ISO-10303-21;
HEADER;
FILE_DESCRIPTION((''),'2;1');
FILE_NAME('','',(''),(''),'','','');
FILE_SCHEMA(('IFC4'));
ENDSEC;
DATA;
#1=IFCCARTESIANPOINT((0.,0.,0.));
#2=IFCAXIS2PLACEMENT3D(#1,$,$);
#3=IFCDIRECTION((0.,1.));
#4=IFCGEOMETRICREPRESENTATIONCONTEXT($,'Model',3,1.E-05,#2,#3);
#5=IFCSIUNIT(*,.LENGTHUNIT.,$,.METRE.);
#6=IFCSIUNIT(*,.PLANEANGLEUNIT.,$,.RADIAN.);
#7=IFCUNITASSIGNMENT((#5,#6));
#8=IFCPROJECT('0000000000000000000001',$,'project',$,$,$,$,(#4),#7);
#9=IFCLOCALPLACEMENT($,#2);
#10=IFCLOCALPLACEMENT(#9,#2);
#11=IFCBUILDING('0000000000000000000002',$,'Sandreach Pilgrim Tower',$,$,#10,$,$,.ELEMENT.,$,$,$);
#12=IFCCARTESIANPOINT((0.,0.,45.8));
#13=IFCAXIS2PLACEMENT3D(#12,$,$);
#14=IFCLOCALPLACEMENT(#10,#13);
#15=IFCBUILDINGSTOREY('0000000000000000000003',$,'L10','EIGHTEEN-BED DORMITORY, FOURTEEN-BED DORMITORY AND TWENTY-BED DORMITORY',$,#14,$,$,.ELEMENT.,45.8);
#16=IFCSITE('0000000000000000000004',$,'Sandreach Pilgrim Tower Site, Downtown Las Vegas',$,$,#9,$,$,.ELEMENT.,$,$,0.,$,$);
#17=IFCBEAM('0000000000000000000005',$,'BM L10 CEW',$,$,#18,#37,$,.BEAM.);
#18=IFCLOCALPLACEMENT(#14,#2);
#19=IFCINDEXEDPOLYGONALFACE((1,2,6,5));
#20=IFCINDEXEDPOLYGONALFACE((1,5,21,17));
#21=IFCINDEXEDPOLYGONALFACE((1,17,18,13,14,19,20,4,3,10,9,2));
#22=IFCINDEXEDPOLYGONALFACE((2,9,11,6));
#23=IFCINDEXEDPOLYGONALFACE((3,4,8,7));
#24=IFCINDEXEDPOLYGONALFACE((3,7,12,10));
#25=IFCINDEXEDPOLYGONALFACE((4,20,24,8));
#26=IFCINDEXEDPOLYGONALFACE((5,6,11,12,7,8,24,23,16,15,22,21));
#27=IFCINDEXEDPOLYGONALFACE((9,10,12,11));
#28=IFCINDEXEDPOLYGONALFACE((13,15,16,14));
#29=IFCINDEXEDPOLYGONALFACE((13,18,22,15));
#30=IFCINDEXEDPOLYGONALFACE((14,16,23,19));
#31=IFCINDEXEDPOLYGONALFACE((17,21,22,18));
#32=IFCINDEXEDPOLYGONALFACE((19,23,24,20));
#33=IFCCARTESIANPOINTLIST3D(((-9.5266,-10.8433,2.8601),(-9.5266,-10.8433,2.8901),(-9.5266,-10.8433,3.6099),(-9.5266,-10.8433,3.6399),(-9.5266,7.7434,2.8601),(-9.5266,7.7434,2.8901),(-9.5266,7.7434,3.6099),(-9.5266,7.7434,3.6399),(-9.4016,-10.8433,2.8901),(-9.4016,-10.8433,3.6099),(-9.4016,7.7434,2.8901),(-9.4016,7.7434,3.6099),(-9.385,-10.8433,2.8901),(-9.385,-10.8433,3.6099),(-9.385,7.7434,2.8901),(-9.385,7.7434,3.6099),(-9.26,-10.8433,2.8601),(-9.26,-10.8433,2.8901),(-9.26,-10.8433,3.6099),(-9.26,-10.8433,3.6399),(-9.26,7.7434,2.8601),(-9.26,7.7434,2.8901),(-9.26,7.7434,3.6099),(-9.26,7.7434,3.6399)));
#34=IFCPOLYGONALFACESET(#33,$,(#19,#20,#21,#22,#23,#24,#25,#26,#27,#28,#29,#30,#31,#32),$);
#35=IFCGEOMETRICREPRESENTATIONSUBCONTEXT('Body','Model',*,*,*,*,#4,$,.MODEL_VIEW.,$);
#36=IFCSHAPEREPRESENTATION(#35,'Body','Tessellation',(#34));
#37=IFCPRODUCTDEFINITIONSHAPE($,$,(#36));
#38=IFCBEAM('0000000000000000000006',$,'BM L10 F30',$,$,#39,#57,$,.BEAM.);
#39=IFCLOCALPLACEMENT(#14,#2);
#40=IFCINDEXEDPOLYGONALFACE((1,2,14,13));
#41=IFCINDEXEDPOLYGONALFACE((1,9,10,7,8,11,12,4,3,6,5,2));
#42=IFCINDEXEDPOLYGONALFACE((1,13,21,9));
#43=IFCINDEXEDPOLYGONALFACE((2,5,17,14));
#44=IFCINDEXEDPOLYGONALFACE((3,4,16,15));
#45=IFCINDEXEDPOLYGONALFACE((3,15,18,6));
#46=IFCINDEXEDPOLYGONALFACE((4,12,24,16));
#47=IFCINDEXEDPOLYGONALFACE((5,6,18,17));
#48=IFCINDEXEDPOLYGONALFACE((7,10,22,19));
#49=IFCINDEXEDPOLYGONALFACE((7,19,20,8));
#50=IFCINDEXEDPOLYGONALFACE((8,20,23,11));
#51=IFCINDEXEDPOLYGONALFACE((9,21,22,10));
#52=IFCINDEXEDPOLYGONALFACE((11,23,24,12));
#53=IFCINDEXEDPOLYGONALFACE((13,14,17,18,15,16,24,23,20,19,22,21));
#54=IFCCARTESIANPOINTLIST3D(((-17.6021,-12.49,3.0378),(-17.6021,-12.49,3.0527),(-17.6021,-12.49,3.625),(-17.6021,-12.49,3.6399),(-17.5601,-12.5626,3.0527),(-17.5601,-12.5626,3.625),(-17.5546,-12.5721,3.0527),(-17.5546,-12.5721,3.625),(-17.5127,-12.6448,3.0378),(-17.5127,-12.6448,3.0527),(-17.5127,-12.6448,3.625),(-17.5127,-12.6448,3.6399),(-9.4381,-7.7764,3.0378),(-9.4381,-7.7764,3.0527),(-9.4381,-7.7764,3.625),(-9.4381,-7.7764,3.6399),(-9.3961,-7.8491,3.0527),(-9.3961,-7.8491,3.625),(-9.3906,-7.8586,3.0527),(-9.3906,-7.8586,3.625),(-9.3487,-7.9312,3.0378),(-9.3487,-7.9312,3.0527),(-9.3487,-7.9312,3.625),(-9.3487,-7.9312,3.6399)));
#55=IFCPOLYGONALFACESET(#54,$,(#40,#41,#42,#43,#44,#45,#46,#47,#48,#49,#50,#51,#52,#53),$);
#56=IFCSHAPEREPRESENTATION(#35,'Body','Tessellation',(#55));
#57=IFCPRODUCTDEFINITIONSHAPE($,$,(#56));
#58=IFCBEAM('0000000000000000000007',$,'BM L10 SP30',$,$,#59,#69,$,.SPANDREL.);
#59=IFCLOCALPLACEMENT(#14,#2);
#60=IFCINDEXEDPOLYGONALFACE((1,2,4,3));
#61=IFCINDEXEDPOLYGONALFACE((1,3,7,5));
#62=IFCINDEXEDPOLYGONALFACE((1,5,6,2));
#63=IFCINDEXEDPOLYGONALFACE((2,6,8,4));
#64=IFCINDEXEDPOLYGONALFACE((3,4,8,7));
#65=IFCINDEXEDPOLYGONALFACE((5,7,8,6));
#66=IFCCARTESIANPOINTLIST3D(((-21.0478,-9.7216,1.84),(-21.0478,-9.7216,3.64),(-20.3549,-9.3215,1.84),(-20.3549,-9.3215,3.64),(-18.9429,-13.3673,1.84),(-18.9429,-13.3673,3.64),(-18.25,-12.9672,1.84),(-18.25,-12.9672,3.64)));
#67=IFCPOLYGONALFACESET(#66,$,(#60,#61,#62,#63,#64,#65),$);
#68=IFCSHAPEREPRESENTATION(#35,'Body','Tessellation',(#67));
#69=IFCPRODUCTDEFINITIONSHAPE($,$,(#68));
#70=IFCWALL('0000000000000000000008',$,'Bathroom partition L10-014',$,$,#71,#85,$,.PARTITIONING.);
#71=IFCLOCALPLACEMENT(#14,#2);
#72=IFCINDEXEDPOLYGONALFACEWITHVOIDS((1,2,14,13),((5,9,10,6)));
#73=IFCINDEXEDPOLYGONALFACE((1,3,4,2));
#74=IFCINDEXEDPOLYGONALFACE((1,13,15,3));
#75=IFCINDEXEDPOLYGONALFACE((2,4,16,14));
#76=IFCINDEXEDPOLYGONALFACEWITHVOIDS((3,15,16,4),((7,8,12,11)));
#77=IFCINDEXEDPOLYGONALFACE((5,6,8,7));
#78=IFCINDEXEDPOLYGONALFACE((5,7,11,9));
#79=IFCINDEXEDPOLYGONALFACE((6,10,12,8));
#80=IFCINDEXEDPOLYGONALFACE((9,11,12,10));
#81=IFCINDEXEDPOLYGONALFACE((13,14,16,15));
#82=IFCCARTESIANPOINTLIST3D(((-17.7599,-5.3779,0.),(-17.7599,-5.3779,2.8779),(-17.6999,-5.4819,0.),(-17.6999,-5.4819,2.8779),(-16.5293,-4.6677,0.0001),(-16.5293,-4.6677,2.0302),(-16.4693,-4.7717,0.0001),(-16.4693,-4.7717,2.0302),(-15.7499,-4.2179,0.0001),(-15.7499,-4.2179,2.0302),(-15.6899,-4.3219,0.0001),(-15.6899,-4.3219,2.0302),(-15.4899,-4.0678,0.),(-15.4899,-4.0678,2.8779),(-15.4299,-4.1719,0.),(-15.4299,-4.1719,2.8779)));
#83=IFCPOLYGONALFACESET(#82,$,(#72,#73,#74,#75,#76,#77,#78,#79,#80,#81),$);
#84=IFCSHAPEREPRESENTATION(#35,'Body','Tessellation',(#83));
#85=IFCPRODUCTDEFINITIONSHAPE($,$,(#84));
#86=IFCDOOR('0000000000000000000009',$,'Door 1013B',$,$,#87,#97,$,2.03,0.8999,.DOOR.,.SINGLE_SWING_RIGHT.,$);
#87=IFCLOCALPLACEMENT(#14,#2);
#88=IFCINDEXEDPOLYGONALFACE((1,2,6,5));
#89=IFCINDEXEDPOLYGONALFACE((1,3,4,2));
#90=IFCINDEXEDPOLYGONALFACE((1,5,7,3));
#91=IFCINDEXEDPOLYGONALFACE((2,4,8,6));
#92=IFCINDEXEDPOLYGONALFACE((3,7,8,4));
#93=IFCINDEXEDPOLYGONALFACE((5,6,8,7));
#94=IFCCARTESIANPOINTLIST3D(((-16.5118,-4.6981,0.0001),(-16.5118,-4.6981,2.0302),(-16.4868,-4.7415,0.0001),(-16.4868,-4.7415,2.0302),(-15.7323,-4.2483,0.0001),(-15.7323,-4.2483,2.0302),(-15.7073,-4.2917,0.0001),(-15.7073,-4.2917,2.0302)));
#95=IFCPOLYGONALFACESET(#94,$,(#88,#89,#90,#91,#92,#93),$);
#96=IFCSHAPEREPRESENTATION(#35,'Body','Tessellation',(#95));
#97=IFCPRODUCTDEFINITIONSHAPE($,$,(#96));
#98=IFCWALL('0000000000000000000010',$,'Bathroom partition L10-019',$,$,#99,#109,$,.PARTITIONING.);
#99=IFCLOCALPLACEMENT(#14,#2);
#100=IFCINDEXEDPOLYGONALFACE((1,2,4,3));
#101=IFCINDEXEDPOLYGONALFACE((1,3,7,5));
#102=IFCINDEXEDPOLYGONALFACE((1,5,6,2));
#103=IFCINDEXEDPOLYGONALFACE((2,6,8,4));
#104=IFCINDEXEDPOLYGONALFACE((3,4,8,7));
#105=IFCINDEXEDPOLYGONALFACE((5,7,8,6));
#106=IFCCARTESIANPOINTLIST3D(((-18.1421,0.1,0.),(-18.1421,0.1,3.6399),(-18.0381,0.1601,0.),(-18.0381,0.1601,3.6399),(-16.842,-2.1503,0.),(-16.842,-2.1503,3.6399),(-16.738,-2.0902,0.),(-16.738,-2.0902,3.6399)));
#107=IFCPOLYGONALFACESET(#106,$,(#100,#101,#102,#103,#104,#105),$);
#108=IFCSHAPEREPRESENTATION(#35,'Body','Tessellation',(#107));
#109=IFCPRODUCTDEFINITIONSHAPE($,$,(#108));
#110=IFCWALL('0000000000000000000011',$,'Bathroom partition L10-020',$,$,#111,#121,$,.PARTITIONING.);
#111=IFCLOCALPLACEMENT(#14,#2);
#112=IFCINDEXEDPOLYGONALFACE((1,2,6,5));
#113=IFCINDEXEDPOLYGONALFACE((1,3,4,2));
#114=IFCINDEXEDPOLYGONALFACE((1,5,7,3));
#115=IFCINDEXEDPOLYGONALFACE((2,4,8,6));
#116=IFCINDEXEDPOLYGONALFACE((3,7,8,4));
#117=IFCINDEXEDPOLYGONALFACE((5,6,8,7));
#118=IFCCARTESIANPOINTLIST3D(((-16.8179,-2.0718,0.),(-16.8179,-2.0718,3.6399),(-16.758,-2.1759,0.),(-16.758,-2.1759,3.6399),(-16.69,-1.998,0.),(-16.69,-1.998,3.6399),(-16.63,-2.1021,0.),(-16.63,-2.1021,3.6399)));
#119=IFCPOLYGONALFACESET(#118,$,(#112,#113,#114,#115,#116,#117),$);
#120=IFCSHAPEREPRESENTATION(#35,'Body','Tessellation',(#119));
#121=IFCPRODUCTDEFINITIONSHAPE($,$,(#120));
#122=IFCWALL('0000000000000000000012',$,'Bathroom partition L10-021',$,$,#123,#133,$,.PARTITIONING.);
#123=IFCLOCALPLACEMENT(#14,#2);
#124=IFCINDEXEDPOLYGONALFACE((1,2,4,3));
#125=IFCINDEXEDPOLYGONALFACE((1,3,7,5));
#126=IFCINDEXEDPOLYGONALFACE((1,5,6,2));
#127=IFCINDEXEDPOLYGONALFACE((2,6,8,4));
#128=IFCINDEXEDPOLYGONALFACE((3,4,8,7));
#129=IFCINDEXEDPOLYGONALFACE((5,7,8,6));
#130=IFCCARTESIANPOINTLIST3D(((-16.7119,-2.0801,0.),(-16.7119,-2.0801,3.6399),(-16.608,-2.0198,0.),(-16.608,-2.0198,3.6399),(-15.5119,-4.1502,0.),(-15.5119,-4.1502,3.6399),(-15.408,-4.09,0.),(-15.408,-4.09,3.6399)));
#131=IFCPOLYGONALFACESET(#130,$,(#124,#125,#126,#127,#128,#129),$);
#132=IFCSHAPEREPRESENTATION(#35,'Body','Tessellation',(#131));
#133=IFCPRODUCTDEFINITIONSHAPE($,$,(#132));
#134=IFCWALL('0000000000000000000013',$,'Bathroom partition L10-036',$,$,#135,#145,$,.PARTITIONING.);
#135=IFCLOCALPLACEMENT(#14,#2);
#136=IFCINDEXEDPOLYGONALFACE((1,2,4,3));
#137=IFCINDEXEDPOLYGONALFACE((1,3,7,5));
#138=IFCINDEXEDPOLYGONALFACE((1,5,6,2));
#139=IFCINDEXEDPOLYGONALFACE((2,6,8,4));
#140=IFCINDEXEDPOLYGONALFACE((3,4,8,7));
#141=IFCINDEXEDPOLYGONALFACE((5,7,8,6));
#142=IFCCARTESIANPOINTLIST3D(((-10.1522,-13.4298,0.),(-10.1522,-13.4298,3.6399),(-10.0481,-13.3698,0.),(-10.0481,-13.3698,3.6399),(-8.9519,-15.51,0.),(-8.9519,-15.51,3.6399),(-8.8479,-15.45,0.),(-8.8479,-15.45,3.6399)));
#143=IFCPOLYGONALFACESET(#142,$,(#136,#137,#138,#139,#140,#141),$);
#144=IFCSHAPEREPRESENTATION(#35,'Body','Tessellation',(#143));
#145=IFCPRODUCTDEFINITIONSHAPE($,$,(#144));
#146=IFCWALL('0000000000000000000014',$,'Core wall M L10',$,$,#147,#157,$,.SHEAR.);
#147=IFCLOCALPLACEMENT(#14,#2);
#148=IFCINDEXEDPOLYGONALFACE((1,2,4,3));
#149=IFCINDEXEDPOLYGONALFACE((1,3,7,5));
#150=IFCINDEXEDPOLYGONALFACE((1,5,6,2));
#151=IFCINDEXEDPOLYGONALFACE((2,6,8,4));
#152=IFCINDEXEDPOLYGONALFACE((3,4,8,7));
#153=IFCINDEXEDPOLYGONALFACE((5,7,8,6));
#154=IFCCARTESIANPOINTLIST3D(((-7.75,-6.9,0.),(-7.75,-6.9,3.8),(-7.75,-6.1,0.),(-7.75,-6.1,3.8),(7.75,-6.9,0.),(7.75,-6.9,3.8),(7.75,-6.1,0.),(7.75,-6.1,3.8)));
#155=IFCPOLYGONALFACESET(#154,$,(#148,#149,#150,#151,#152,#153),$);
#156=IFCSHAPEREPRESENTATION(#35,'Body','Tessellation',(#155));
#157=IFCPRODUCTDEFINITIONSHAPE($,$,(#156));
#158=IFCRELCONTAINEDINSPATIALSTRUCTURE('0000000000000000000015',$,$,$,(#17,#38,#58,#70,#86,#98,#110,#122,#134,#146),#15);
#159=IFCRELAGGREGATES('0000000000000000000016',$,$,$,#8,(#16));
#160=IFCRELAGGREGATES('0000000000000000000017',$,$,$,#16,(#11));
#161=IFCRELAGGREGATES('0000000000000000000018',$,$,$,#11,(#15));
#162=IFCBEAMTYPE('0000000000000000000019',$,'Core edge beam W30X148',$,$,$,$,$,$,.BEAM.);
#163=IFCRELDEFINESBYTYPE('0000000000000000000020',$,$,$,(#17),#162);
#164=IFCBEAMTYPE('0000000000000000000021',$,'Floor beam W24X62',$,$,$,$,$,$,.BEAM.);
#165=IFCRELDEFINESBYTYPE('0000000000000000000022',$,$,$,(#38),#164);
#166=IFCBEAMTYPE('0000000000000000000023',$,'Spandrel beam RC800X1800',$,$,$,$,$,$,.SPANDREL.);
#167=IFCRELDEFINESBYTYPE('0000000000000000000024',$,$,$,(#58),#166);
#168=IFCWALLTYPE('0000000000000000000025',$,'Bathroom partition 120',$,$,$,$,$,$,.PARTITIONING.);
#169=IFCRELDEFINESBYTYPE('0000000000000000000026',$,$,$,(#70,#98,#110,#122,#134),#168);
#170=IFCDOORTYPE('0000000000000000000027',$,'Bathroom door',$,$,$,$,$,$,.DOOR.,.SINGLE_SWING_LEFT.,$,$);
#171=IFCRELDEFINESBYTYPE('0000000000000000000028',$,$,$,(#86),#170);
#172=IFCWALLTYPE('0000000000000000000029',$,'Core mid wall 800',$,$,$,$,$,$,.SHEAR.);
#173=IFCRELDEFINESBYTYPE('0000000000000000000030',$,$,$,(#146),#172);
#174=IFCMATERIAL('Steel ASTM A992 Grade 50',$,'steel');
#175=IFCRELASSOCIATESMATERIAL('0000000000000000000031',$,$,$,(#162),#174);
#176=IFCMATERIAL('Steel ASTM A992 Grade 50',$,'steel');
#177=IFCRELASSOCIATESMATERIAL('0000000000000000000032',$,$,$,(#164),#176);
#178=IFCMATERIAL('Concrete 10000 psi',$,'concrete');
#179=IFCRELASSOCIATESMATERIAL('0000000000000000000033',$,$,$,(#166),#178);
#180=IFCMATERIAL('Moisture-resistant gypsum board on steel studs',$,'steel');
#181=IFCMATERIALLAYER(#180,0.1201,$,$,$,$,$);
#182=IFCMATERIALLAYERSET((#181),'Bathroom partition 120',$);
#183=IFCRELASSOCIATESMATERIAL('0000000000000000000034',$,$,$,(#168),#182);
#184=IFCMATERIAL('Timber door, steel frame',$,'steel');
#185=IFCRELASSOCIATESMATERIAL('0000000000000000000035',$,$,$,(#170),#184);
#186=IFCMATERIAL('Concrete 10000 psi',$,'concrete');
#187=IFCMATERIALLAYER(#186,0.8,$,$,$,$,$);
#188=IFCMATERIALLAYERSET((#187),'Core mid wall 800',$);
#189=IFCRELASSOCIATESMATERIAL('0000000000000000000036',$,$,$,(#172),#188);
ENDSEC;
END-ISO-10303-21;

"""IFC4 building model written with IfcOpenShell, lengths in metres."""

from ifc_helpers import new_model, si_unit, direction, frame, frame_2d, origin, origin_2d, place, context, subcontext, project, spatial, rectangle, i_section, extrude, material, layer, layer_set, material_profile, profile_set, type_object, element, fill, save


model = new_model("IFC4")

# Units and contexts
model_context = context("Model", 3, precision=1e-05, world=origin(), true_north=direction((0.0, 1.0)))
body_context = subcontext(model_context, "Body", "Model", "MODEL_VIEW")
ifc_project = project(units=[si_unit("LENGTHUNIT", "METRE"), si_unit("PLANEANGLEUNIT", "RADIAN")], contexts=[model_context])

# Site, building, storey
site_placement = place(None, origin())
site = spatial("IfcSite", under=ifc_project, at=site_placement, Name="Sandreach Pilgrim Tower Site, Downtown Las Vegas", CompositionType="ELEMENT", RefElevation=0.0)
building_placement = place(site_placement, origin())
building = spatial("IfcBuilding", under=site, at=building_placement, Name="Sandreach Pilgrim Tower", CompositionType="ELEMENT")
storey_placement = place(building_placement, frame((0.0, 0.0, 45.8)))
storey = spatial("IfcBuildingStorey", under=building, at=storey_placement, Name="L10", Description="EIGHTEEN-BED DORMITORY, FOURTEEN-BED DORMITORY AND TWENTY-BED DORMITORY", CompositionType="ELEMENT", Elevation=45.8)

# Beams
ifc_material_1 = material(Name="Steel ASTM A992 Grade 50", Category="steel")
ifc_material_profile_1 = material_profile(ifc_material_1, i_section(OverallWidth=0.2666, OverallDepth=0.7798, WebThickness=0.0166, FlangeThickness=0.03, at=origin_2d()), Name="W30X148")
ifc_profile_set_1 = profile_set([ifc_material_profile_1], Name="Steel ASTM A992 Grade 50")
beam_type_1 = type_object("IfcBeamType", Name="Core edge beam W30X148", PredefinedType="BEAM", material=ifc_profile_set_1)
beam_1_placement = place(storey_placement, frame((-9.3933, -10.8433, 3.25), z_axis=(0.0, 1.0, 0.0), x_axis=(-1.0, 0.0, 0.0)))
element("IfcBeam", 1, at=beam_1_placement, inside=storey, type_object=beam_type_1, Name="BM L10 CEW", PredefinedType="BEAM", context=body_context, shape_type="SweptSolid", body=[
    extrude(i_section(OverallWidth=0.2666, OverallDepth=0.7798, WebThickness=0.0166, FlangeThickness=0.03, at=origin_2d()), origin(), (0.0, 0.0, 1.0), 18.5867),
])
ifc_material_2 = material(Name="Steel ASTM A992 Grade 50", Category="steel")
ifc_material_profile_2 = material_profile(ifc_material_2, i_section(OverallWidth=0.1787, OverallDepth=0.6021, WebThickness=0.011, FlangeThickness=0.0149, at=origin_2d()), Name="W24X62")
ifc_profile_set_2 = profile_set([ifc_material_profile_2], Name="Steel ASTM A992 Grade 50")
beam_type_2 = type_object("IfcBeamType", Name="Floor beam W24X62", PredefinedType="BEAM", material=ifc_profile_set_2)
beam_2_placement = place(storey_placement, frame((-17.5574, -12.5674, 3.3389), z_axis=(0.866021, 0.500008, 0.0), x_axis=(-0.500008, 0.866021, 0.0)))
element("IfcBeam", 2, at=beam_2_placement, inside=storey, type_object=beam_type_2, Name="BM L10 F30", PredefinedType="BEAM", context=body_context, shape_type="SweptSolid", body=[
    extrude(i_section(OverallWidth=0.1787, OverallDepth=0.6021, WebThickness=0.011, FlangeThickness=0.0149, at=origin_2d()), origin(), (0.0, 0.0, 1.0), 9.427),
])
ifc_material_3 = material(Name="Concrete 10000 psi", Category="concrete")
ifc_material_profile_3 = material_profile(ifc_material_3, rectangle(XDim=0.8, YDim=1.8, at=origin_2d()), Name="RC800X1800")
ifc_profile_set_3 = profile_set([ifc_material_profile_3], Name="Concrete 10000 psi")
beam_type_3 = type_object("IfcBeamType", Name="Spandrel beam RC800X1800", PredefinedType="SPANDREL", material=ifc_profile_set_3)
beam_3_placement = place(storey_placement, frame((-18.5964, -13.1672, 2.74), z_axis=(-0.500019, 0.866015, 0.0), x_axis=(-0.866015, -0.500019, 0.0)))
element("IfcBeam", 3, at=beam_3_placement, inside=storey, type_object=beam_type_3, Name="BM L10 SP30", PredefinedType="SPANDREL", context=body_context, shape_type="SweptSolid", body=[
    extrude(rectangle(XDim=0.8, YDim=1.8, at=origin_2d()), origin(), (0.0, 0.0, 1.0), 4.2097),
])

# Wall, opening, door
ifc_material_4 = material(Name="Moisture-resistant gypsum board on steel studs", Category="steel")
ifc_layer_1 = layer(ifc_material_4, 0.1201)
ifc_layer_set_1 = layer_set([ifc_layer_1], Name="Bathroom partition 120")
wall_type_1 = type_object("IfcWallType", Name="Bathroom partition 120", PredefinedType="PARTITIONING", material=ifc_layer_set_1)
wall_1_placement = place(storey_placement, frame((-17.73, -5.4299, 0.0), z_axis=(0.0, 0.0, 1.0), x_axis=(0.866114, 0.499846, 0.0)))
wall_1 = element("IfcWall", 4, at=wall_1_placement, inside=storey, type_object=wall_type_1, Name="Bathroom partition L10-014", PredefinedType="PARTITIONING", context=body_context, shape_type="SweptSolid", body=[
    extrude(rectangle(XDim=2.6208, YDim=0.1201, at=frame_2d((1.3105, 0.0))), origin(), (0.0, 0.0, 1.0), 2.8779),
])
opening_1_placement = place(wall_1_placement, frame((1.4209, 0.0, 0.0)))
opening_1 = element("IfcOpeningElement", 5, at=opening_1_placement, cuts=wall_1, PredefinedType="OPENING", context=body_context, shape_type="SweptSolid", body=[
    extrude(rectangle(XDim=0.8999, YDim=2.03, at=frame_2d((0.45, 1.0151))), frame((0.0, 0.0601, 0.0), z_axis=(0.0, -1.0, 0.0), x_axis=(1.0, 0.0, 0.0)), (0.0, 0.0, 1.0), 0.1201),
])
ifc_material_5 = material(Name="Timber door, steel frame", Category="steel")
door_type_1 = type_object("IfcDoorType", Name="Bathroom door", OperationType="SINGLE_SWING_LEFT", PredefinedType="DOOR", material=ifc_material_5)
door_1_placement = place(opening_1_placement, origin())
door_1 = element("IfcDoor", 6, at=door_1_placement, inside=storey, type_object=door_type_1, Name="Door 1013B", OperationType="SINGLE_SWING_RIGHT", OverallHeight=2.03, OverallWidth=0.8999, PredefinedType="DOOR", context=body_context, shape_type="SweptSolid", body=[
    extrude(rectangle(XDim=0.8999, YDim=2.03, at=frame_2d((0.45, 1.0151))), frame((0.0, 0.0249, 0.0), z_axis=(0.0, -1.0, 0.0), x_axis=(1.0, 0.0, 0.0)), (0.0, 0.0, 1.0), 0.05),
])
fill(opening_1, door_1)

# Walls
wall_2_placement = place(storey_placement, frame((-16.79, -2.1201, 0.0), z_axis=(0.0, 0.0, 1.0), x_axis=(-0.500251, 0.86588, 0.0)))
element("IfcWall", 7, at=wall_2_placement, inside=storey, type_object=wall_type_1, Name="Bathroom partition L10-019", PredefinedType="PARTITIONING", context=body_context, shape_type="SweptSolid", body=[
    extrude(rectangle(XDim=2.5989, YDim=0.1201, at=frame_2d((1.2993, 0.0))), origin(), (0.0, 0.0, 1.0), 3.6399),
])
wall_3_placement = place(storey_placement, frame((-16.7878, -2.1238, 0.0), z_axis=(0.0, 0.0, 1.0), x_axis=(0.866406, 0.499341, 0.0)))
element("IfcWall", 8, at=wall_3_placement, inside=storey, type_object=wall_type_1, Name="Bathroom partition L10-020", PredefinedType="PARTITIONING", context=body_context, shape_type="SweptSolid", body=[
    extrude(rectangle(XDim=0.1477, YDim=0.1201, at=frame_2d((0.0737, 0.0))), origin(), (0.0, 0.0, 1.0), 3.6399),
])
wall_4_placement = place(storey_placement, frame((-16.6599, -2.05, 0.0), z_axis=(0.0, 0.0, 1.0), x_axis=(0.501503, -0.865156, 0.0)))
element("IfcWall", 9, at=wall_4_placement, inside=storey, type_object=wall_type_1, Name="Bathroom partition L10-021", PredefinedType="PARTITIONING", context=body_context, shape_type="SweptSolid", body=[
    extrude(rectangle(XDim=2.3928, YDim=0.1201, at=frame_2d((1.1963, 0.0))), origin(), (0.0, 0.0, 1.0), 3.6399),
])
wall_5_placement = place(storey_placement, frame((-10.1001, -13.3999, 0.0), z_axis=(0.0, 0.0, 1.0), x_axis=(0.499769, -0.866159, 0.0)))
element("IfcWall", 10, at=wall_5_placement, inside=storey, type_object=wall_type_1, Name="Bathroom partition L10-036", PredefinedType="PARTITIONING", context=body_context, shape_type="SweptSolid", body=[
    extrude(rectangle(XDim=2.4016, YDim=0.1201, at=frame_2d((1.2007, 0.0))), origin(), (0.0, 0.0, 1.0), 3.6399),
])
ifc_material_6 = material(Name="Concrete 10000 psi", Category="concrete")
ifc_layer_2 = layer(ifc_material_6, 0.8)
ifc_layer_set_2 = layer_set([ifc_layer_2], Name="Core mid wall 800")
wall_type_2 = type_object("IfcWallType", Name="Core mid wall 800", PredefinedType="SHEAR", material=ifc_layer_set_2)
wall_6_placement = place(storey_placement, frame((-7.75, -6.5, 0.0), z_axis=(0.0, 0.0, 1.0), x_axis=(1.0, 0.0, 0.0)))
element("IfcWall", 11, at=wall_6_placement, inside=storey, type_object=wall_type_2, Name="Core wall M L10", PredefinedType="SHEAR", context=body_context, shape_type="SweptSolid", body=[
    extrude(rectangle(XDim=15.5, YDim=0.8, at=frame_2d((7.75, 0.0))), origin(), (0.0, 0.0, 1.0), 3.8),
])

save(model, "model.ifc")
